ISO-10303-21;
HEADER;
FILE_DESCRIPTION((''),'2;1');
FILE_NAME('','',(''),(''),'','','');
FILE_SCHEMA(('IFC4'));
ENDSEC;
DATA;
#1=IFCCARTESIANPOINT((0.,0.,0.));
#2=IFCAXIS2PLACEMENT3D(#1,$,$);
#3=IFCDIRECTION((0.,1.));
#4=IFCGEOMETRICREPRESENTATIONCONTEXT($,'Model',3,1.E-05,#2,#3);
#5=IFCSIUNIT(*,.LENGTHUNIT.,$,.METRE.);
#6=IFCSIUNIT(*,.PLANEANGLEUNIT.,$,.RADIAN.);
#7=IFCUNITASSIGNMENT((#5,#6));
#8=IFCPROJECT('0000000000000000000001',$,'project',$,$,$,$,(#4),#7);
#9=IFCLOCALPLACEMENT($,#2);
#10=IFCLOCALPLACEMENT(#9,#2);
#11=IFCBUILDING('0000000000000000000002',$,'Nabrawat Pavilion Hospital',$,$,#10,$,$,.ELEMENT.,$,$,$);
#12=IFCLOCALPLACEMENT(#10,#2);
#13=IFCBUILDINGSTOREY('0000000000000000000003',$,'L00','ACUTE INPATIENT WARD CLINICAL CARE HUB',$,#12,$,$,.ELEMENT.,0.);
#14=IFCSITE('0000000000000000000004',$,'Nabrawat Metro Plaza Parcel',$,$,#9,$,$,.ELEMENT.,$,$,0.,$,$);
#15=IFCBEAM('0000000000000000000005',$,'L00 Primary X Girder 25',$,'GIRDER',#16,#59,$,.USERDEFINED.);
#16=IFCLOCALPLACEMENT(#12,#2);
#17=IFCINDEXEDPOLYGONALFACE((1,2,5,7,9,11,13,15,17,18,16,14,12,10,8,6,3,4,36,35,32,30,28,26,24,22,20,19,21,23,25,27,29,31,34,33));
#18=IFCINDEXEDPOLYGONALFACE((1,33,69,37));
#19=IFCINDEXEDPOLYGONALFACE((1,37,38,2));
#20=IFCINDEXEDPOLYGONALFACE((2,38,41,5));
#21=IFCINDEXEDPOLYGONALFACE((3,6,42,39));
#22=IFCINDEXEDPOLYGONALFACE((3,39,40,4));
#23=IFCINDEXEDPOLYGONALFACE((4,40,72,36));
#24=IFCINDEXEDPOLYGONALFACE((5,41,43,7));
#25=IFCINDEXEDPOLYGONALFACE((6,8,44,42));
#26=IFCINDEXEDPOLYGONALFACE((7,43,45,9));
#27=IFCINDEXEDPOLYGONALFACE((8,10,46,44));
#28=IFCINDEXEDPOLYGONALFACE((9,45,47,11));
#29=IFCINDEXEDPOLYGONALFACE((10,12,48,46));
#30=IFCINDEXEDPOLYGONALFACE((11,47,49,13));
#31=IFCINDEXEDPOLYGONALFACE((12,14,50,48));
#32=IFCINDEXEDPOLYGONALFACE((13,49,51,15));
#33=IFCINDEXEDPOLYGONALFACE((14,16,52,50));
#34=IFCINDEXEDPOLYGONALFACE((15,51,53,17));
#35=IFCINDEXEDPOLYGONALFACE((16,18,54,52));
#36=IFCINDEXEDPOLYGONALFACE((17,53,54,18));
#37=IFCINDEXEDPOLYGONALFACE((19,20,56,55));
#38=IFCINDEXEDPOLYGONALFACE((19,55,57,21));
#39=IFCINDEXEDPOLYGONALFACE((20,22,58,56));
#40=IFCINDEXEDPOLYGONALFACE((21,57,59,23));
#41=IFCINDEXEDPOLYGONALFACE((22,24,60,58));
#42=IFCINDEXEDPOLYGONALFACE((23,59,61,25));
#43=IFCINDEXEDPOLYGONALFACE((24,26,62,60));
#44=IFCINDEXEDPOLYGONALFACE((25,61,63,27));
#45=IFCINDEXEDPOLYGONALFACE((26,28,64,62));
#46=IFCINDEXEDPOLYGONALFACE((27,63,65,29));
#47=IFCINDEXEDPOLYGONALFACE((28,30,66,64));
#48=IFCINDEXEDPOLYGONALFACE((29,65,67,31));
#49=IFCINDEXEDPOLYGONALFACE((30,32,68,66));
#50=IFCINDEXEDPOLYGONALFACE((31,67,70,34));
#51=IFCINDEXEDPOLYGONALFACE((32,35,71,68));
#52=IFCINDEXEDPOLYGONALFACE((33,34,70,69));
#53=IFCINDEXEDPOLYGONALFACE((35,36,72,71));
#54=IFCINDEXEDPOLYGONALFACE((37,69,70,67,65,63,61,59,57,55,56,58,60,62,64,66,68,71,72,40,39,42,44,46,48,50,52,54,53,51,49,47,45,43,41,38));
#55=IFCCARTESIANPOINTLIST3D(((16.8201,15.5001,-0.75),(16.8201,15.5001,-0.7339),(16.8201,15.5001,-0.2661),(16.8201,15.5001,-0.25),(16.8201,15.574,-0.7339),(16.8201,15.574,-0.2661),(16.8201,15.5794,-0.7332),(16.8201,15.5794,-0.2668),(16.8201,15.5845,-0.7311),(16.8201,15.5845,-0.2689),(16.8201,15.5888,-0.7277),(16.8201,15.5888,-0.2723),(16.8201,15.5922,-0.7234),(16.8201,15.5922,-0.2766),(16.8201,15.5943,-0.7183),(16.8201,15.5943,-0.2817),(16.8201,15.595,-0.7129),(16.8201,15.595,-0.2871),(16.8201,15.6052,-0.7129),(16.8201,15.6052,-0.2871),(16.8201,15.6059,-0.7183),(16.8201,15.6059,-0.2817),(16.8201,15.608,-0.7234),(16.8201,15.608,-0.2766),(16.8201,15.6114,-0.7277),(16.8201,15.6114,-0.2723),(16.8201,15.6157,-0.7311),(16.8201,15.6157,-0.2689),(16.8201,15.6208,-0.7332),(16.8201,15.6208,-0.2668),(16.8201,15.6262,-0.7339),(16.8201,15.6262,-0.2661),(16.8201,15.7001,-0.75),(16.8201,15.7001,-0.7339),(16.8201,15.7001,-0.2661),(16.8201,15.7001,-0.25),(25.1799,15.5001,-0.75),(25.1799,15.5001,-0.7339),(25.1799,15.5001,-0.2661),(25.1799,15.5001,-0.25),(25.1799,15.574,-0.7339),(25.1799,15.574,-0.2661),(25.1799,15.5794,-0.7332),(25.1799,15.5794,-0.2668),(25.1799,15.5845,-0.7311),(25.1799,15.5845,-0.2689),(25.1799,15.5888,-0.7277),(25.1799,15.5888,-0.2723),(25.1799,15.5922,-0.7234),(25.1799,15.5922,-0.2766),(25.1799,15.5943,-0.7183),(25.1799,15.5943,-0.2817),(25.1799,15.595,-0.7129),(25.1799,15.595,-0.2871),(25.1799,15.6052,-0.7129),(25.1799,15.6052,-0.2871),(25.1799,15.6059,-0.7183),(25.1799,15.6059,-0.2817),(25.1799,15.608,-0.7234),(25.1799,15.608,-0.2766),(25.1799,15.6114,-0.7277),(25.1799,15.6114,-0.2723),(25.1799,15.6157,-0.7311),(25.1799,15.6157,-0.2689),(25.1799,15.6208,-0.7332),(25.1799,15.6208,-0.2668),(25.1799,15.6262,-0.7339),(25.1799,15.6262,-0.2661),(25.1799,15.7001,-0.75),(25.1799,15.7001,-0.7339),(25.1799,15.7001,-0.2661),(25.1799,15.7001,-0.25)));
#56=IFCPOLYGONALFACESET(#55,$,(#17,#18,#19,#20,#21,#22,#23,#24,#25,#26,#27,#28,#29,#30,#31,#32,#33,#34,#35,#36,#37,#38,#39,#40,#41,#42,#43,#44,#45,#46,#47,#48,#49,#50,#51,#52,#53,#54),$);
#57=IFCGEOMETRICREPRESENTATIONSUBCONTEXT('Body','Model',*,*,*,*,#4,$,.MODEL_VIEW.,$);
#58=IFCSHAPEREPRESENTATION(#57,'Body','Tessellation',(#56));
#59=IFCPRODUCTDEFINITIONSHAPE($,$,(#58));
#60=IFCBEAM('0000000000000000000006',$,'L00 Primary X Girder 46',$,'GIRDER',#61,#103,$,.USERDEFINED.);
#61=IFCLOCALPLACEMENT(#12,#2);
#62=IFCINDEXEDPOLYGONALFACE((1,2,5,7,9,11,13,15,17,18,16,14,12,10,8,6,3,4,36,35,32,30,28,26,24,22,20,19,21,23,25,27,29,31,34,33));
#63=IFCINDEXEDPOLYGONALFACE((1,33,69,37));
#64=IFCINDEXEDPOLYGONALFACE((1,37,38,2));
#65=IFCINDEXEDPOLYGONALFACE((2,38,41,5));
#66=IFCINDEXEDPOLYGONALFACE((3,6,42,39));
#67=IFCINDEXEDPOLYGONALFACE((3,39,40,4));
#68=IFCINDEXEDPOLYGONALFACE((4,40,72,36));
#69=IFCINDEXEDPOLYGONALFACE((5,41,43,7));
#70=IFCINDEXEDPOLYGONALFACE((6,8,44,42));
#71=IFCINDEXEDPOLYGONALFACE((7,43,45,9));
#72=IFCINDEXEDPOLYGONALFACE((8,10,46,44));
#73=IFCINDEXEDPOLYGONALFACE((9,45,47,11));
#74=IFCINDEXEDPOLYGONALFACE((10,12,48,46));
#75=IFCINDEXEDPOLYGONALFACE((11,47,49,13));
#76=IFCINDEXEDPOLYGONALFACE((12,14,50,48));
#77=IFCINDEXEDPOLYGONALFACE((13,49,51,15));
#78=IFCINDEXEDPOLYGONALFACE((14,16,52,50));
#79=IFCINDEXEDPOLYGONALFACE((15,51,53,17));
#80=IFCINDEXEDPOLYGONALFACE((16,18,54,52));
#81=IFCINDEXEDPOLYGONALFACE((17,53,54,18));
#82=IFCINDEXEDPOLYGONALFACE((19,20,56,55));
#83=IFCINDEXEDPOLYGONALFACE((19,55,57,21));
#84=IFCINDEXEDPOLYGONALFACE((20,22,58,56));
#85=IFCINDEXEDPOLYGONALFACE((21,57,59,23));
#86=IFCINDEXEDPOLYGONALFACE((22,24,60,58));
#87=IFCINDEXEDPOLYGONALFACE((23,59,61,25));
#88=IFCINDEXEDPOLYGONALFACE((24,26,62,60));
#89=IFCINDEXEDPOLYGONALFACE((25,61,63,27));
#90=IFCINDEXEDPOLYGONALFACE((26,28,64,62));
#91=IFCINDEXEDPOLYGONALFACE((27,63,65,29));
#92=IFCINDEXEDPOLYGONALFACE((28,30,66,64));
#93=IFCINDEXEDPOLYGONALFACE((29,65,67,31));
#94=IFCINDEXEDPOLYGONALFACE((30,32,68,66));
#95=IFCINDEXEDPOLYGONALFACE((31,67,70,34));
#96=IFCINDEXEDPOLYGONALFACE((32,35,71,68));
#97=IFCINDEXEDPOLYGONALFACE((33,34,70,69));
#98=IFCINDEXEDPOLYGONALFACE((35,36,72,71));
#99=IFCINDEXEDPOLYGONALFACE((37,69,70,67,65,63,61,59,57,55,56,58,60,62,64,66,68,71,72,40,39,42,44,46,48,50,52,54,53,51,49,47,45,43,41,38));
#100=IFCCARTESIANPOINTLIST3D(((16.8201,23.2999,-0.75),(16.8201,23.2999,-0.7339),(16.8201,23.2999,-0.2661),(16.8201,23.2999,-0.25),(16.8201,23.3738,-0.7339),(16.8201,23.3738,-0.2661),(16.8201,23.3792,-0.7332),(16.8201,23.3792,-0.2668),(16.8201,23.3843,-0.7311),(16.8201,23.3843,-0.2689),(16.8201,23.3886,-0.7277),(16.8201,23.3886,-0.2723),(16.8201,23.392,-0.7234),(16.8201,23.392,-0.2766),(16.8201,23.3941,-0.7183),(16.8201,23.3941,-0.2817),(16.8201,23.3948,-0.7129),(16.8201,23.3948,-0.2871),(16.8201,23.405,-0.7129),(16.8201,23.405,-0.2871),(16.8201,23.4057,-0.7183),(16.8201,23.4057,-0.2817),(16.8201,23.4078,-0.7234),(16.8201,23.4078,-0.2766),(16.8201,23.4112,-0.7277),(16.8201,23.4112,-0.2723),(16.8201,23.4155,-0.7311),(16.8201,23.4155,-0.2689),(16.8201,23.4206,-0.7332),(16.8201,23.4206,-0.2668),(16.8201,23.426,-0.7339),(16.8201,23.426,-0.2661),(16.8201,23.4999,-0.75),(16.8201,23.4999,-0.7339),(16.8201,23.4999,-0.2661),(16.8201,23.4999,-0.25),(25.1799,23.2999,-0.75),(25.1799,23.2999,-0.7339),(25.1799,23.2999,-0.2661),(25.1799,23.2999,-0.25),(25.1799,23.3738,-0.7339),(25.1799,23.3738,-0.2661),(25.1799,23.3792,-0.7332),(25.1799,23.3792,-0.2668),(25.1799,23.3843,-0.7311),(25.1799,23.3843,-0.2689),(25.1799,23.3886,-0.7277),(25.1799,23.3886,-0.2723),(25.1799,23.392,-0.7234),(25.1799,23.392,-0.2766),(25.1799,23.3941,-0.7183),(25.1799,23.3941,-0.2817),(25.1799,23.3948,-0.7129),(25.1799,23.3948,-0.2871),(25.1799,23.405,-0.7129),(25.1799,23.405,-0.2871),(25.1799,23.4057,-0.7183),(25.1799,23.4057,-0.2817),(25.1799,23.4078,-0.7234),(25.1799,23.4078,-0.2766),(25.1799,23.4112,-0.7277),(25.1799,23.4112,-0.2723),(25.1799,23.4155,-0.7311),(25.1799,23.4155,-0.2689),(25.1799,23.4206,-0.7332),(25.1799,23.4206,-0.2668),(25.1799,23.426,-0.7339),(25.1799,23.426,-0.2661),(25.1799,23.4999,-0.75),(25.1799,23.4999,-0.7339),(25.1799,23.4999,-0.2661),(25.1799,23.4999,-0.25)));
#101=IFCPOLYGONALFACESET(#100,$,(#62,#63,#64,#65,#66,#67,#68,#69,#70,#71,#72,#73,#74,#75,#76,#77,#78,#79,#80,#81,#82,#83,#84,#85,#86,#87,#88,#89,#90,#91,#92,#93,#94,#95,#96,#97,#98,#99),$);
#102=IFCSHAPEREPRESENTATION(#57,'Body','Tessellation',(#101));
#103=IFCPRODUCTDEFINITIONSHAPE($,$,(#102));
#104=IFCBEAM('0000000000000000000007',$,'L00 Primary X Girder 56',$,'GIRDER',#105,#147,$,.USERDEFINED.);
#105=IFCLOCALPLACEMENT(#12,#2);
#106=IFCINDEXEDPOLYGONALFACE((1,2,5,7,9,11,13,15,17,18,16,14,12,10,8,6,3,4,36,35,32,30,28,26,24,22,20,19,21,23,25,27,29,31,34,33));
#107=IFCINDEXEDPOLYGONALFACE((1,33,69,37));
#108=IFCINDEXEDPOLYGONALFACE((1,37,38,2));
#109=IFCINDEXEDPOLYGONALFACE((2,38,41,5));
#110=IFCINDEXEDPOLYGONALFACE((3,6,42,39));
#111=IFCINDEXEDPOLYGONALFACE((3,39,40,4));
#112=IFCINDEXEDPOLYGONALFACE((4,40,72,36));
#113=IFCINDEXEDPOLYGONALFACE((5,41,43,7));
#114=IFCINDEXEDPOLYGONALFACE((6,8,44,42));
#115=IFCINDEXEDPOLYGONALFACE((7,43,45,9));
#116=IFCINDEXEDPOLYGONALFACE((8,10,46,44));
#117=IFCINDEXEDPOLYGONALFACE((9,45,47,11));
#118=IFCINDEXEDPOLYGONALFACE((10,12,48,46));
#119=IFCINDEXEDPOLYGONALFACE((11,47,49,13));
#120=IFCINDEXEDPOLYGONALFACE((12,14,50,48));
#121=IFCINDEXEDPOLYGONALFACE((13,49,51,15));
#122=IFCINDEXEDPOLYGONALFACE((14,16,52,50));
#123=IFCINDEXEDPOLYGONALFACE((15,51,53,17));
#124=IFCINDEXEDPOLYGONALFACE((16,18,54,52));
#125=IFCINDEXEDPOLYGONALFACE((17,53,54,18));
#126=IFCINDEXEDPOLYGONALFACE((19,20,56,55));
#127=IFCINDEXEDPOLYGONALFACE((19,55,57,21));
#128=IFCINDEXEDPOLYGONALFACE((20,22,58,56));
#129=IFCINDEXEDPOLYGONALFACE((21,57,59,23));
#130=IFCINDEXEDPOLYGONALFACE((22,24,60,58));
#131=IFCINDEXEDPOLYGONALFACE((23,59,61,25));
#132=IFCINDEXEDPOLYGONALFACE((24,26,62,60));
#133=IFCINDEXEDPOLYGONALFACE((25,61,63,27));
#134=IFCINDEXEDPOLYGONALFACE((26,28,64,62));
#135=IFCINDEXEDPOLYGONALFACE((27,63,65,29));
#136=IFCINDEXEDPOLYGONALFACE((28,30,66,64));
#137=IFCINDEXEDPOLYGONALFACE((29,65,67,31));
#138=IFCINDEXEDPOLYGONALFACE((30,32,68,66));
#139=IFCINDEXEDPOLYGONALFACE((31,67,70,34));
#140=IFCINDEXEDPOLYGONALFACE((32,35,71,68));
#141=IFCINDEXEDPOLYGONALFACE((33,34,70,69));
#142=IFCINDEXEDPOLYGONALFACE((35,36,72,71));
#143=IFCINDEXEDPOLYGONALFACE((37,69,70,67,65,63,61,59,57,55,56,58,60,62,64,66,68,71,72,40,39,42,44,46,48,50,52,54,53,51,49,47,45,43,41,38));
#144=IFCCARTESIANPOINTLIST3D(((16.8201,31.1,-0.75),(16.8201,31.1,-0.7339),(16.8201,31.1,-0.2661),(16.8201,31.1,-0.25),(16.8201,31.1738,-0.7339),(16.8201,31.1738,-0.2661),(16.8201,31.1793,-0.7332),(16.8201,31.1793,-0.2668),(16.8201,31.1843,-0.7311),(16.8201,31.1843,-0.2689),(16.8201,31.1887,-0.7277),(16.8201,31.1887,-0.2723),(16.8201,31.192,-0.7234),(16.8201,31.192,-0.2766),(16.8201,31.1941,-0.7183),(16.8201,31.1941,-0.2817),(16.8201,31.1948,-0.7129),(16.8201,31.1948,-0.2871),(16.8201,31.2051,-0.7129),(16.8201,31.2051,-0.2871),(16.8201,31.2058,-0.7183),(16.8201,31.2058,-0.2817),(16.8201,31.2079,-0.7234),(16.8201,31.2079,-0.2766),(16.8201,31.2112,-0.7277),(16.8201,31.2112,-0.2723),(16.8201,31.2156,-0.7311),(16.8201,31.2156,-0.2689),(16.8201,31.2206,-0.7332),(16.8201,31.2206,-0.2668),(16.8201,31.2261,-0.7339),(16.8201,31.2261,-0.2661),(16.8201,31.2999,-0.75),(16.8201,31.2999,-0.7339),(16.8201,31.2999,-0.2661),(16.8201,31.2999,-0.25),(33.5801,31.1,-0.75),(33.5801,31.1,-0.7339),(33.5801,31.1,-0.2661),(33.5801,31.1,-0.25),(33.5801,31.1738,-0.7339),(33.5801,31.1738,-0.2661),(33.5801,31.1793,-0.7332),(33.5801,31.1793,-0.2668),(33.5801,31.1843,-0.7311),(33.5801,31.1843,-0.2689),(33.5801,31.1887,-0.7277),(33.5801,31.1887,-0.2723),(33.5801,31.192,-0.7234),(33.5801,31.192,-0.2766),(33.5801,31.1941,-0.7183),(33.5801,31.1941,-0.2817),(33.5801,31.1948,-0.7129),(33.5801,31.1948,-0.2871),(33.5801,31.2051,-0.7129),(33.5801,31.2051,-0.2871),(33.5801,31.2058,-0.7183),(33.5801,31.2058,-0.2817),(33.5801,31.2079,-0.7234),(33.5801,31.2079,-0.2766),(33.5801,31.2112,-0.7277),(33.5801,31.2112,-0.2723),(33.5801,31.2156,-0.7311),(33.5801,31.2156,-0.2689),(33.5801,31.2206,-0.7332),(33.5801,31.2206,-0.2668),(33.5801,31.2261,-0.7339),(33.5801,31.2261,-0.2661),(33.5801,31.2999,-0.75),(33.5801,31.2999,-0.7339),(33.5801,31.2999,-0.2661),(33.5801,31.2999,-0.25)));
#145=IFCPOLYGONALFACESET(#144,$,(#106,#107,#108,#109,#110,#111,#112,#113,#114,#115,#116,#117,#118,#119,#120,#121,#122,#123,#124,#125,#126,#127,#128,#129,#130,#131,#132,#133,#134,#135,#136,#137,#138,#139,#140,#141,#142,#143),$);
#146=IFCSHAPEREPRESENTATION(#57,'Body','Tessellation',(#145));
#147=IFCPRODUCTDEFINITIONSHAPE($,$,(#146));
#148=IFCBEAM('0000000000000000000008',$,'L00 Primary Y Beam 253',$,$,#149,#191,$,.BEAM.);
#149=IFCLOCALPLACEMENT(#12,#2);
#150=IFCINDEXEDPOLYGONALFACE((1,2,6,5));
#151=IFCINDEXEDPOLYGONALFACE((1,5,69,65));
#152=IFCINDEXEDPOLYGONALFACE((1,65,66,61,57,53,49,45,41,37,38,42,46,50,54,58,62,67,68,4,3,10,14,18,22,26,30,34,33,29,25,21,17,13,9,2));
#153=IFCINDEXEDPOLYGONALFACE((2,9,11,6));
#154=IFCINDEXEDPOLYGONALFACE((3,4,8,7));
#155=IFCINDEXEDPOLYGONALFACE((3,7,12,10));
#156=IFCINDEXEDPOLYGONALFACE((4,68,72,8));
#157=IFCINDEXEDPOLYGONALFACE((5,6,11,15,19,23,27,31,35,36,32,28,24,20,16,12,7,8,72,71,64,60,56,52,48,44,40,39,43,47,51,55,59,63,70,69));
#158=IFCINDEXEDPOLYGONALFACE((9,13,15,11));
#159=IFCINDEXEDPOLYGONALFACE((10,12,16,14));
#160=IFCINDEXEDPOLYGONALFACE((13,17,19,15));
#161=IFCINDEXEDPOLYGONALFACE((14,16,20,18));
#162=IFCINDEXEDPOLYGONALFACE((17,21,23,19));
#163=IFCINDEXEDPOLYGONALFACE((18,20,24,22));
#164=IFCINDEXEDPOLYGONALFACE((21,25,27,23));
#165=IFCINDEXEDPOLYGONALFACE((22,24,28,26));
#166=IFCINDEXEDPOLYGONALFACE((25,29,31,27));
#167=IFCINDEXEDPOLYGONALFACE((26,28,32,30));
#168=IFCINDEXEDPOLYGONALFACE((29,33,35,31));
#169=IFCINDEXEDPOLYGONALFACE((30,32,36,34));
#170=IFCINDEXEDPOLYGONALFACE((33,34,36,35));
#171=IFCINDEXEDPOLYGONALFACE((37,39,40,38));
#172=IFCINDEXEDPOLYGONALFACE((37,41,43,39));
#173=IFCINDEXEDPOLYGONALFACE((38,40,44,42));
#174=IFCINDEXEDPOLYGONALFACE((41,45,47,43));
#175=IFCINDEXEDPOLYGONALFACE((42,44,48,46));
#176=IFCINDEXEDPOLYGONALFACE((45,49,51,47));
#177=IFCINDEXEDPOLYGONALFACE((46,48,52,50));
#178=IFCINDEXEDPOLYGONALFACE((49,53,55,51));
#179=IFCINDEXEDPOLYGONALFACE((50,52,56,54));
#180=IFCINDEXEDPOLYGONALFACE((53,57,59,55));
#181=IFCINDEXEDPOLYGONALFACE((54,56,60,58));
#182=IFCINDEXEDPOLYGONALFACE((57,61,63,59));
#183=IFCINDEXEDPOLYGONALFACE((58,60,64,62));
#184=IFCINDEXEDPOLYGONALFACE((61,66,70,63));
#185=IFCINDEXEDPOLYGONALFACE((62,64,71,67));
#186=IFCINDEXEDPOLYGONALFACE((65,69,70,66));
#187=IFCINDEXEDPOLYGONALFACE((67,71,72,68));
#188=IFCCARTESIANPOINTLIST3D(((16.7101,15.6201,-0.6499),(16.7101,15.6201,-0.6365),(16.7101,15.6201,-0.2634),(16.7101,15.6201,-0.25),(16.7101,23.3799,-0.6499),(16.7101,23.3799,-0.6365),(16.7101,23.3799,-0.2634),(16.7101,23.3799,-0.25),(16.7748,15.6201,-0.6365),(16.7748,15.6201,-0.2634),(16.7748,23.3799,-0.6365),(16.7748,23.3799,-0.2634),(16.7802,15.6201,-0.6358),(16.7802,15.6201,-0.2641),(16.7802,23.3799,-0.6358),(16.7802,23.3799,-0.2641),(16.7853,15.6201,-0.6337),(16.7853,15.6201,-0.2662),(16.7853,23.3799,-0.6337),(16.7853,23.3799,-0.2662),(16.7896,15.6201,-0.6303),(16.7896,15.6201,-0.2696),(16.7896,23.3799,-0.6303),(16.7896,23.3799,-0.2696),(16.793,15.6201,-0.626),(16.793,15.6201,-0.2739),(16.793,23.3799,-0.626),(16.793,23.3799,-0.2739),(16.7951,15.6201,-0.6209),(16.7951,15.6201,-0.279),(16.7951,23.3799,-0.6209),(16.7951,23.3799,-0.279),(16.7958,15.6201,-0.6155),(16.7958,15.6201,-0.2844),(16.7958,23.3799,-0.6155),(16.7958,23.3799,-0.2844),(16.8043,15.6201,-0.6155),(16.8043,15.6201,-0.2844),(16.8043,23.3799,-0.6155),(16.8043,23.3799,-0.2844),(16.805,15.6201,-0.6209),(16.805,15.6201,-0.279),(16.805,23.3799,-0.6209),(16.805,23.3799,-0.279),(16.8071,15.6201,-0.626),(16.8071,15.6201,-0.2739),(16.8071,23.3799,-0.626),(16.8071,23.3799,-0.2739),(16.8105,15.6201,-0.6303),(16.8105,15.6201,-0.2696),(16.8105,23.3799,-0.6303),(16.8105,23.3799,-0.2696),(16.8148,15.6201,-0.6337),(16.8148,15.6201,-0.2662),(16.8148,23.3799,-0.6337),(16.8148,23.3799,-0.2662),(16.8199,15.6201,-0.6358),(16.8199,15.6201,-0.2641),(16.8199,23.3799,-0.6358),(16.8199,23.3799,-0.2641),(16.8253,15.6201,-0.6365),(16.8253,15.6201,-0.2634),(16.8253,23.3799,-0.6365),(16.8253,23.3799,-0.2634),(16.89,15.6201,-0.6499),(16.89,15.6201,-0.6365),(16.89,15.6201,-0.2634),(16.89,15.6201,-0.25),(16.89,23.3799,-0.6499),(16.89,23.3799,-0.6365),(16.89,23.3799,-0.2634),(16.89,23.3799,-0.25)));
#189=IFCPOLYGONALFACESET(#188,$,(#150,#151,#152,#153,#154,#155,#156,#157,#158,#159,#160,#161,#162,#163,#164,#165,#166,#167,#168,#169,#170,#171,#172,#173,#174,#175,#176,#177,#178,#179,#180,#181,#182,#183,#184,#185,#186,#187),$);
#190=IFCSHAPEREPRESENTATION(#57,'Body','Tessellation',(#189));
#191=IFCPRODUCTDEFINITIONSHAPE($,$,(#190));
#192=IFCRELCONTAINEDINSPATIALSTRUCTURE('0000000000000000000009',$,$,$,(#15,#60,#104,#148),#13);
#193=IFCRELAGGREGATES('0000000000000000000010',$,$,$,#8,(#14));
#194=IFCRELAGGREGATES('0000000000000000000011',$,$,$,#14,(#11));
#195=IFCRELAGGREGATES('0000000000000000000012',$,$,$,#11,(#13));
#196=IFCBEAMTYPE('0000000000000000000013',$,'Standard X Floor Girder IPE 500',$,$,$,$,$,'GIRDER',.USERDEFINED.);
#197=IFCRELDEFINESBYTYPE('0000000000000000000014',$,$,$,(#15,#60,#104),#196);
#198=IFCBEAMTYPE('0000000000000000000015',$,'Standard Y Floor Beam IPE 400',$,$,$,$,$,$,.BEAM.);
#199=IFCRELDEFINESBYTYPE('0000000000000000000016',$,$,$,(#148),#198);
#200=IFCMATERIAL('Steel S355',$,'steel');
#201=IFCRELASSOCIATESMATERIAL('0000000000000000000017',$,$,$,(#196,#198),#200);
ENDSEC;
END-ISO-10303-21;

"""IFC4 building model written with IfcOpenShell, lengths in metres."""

from ifc_helpers import new_model, si_unit, direction, frame, origin, origin_2d, place, context, subcontext, project, spatial, i_section, extrude, material, material_profile, profile_set, type_object, element, save


model = new_model("IFC4")

# Units and contexts
model_context = context("Model", 3, precision=1e-05, world=origin(), true_north=direction((0.0, 1.0)))
body_context = subcontext(model_context, "Body", "Model", "MODEL_VIEW")
ifc_project = project(units=[si_unit("LENGTHUNIT", "METRE"), si_unit("PLANEANGLEUNIT", "RADIAN")], contexts=[model_context])

# Site, building, storey
site_placement = place(None, origin())
site = spatial("IfcSite", under=ifc_project, at=site_placement, Name="Nabrawat Metro Plaza Parcel", CompositionType="ELEMENT", RefElevation=0.0)
building_placement = place(site_placement, origin())
building = spatial("IfcBuilding", under=site, at=building_placement, Name="Nabrawat Pavilion Hospital", CompositionType="ELEMENT")
storey_placement = place(building_placement, origin())
storey = spatial("IfcBuildingStorey", under=building, at=storey_placement, Name="L00", Description="ACUTE INPATIENT WARD CLINICAL CARE HUB", CompositionType="ELEMENT", Elevation=0.0)

# Shared definitions
ifc_material_1 = material(Name="Steel S355", Category="steel")

# Beams
ifc_material_profile_1 = material_profile(ifc_material_1, i_section(OverallWidth=0.2, OverallDepth=0.5, WebThickness=0.0103, FlangeThickness=0.0161, FilletRadius=0.021, at=origin_2d()), Name="IPE 500")
ifc_profile_set_1 = profile_set([ifc_material_profile_1], Name="Steel S355")
beam_type_1 = type_object("IfcBeamType", Name="Standard X Floor Girder IPE 500", ElementType="GIRDER", PredefinedType="USERDEFINED", material=ifc_profile_set_1)
for number, where, z_axis, x_axis, name in (
    (1, (16.8201, 15.6001, -0.5), (1.0, 0.0, 0.0), (0.0, 1.0, 0.0), "L00 Primary X Girder 25"),
    (2, (16.8201, 23.3999, -0.5), (1.0, 0.0, 0.0), (0.0, 1.0, 0.0), "L00 Primary X Girder 46"),
):
    element("IfcBeam", number, at=place(storey_placement, frame(where, z_axis=z_axis, x_axis=x_axis)), inside=storey, type_object=beam_type_1, Name=name, ObjectType="GIRDER", PredefinedType="USERDEFINED", context=body_context, shape_type="SweptSolid", body=[
        extrude(i_section(OverallWidth=0.2, OverallDepth=0.5, WebThickness=0.0103, FlangeThickness=0.0161, FilletRadius=0.021, at=origin_2d()), origin(), (0.0, 0.0, 1.0), 8.3599),
    ])
beam_1_placement = place(storey_placement, frame((16.8201, 31.2, -0.5), z_axis=(1.0, 0.0, 0.0), x_axis=(0.0, 1.0, 0.0)))
element("IfcBeam", 3, at=beam_1_placement, inside=storey, type_object=beam_type_1, Name="L00 Primary X Girder 56", ObjectType="GIRDER", PredefinedType="USERDEFINED", context=body_context, shape_type="SweptSolid", body=[
    extrude(i_section(OverallWidth=0.2, OverallDepth=0.5, WebThickness=0.0103, FlangeThickness=0.0161, FilletRadius=0.021, at=origin_2d()), origin(), (0.0, 0.0, 1.0), 16.76),
])
ifc_material_profile_2 = material_profile(ifc_material_1, i_section(OverallWidth=0.1799, OverallDepth=0.3999, WebThickness=0.0085, FlangeThickness=0.0134, FilletRadius=0.021, at=origin_2d()), Name="IPE 400")
ifc_profile_set_2 = profile_set([ifc_material_profile_2], Name="Steel S355")
beam_type_2 = type_object("IfcBeamType", Name="Standard Y Floor Beam IPE 400", PredefinedType="BEAM", material=ifc_profile_set_2)
beam_2_placement = place(storey_placement, frame((16.8, 15.6201, -0.45), z_axis=(0.0, 1.0, 0.0), x_axis=(-1.0, 0.0, 0.0)))
element("IfcBeam", 4, at=beam_2_placement, inside=storey, type_object=beam_type_2, Name="L00 Primary Y Beam 253", PredefinedType="BEAM", context=body_context, shape_type="SweptSolid", body=[
    extrude(i_section(OverallWidth=0.1799, OverallDepth=0.3999, WebThickness=0.0085, FlangeThickness=0.0134, FilletRadius=0.021, at=origin_2d()), origin(), (0.0, 0.0, 1.0), 7.7598),
])

save(model, "model.ifc")
